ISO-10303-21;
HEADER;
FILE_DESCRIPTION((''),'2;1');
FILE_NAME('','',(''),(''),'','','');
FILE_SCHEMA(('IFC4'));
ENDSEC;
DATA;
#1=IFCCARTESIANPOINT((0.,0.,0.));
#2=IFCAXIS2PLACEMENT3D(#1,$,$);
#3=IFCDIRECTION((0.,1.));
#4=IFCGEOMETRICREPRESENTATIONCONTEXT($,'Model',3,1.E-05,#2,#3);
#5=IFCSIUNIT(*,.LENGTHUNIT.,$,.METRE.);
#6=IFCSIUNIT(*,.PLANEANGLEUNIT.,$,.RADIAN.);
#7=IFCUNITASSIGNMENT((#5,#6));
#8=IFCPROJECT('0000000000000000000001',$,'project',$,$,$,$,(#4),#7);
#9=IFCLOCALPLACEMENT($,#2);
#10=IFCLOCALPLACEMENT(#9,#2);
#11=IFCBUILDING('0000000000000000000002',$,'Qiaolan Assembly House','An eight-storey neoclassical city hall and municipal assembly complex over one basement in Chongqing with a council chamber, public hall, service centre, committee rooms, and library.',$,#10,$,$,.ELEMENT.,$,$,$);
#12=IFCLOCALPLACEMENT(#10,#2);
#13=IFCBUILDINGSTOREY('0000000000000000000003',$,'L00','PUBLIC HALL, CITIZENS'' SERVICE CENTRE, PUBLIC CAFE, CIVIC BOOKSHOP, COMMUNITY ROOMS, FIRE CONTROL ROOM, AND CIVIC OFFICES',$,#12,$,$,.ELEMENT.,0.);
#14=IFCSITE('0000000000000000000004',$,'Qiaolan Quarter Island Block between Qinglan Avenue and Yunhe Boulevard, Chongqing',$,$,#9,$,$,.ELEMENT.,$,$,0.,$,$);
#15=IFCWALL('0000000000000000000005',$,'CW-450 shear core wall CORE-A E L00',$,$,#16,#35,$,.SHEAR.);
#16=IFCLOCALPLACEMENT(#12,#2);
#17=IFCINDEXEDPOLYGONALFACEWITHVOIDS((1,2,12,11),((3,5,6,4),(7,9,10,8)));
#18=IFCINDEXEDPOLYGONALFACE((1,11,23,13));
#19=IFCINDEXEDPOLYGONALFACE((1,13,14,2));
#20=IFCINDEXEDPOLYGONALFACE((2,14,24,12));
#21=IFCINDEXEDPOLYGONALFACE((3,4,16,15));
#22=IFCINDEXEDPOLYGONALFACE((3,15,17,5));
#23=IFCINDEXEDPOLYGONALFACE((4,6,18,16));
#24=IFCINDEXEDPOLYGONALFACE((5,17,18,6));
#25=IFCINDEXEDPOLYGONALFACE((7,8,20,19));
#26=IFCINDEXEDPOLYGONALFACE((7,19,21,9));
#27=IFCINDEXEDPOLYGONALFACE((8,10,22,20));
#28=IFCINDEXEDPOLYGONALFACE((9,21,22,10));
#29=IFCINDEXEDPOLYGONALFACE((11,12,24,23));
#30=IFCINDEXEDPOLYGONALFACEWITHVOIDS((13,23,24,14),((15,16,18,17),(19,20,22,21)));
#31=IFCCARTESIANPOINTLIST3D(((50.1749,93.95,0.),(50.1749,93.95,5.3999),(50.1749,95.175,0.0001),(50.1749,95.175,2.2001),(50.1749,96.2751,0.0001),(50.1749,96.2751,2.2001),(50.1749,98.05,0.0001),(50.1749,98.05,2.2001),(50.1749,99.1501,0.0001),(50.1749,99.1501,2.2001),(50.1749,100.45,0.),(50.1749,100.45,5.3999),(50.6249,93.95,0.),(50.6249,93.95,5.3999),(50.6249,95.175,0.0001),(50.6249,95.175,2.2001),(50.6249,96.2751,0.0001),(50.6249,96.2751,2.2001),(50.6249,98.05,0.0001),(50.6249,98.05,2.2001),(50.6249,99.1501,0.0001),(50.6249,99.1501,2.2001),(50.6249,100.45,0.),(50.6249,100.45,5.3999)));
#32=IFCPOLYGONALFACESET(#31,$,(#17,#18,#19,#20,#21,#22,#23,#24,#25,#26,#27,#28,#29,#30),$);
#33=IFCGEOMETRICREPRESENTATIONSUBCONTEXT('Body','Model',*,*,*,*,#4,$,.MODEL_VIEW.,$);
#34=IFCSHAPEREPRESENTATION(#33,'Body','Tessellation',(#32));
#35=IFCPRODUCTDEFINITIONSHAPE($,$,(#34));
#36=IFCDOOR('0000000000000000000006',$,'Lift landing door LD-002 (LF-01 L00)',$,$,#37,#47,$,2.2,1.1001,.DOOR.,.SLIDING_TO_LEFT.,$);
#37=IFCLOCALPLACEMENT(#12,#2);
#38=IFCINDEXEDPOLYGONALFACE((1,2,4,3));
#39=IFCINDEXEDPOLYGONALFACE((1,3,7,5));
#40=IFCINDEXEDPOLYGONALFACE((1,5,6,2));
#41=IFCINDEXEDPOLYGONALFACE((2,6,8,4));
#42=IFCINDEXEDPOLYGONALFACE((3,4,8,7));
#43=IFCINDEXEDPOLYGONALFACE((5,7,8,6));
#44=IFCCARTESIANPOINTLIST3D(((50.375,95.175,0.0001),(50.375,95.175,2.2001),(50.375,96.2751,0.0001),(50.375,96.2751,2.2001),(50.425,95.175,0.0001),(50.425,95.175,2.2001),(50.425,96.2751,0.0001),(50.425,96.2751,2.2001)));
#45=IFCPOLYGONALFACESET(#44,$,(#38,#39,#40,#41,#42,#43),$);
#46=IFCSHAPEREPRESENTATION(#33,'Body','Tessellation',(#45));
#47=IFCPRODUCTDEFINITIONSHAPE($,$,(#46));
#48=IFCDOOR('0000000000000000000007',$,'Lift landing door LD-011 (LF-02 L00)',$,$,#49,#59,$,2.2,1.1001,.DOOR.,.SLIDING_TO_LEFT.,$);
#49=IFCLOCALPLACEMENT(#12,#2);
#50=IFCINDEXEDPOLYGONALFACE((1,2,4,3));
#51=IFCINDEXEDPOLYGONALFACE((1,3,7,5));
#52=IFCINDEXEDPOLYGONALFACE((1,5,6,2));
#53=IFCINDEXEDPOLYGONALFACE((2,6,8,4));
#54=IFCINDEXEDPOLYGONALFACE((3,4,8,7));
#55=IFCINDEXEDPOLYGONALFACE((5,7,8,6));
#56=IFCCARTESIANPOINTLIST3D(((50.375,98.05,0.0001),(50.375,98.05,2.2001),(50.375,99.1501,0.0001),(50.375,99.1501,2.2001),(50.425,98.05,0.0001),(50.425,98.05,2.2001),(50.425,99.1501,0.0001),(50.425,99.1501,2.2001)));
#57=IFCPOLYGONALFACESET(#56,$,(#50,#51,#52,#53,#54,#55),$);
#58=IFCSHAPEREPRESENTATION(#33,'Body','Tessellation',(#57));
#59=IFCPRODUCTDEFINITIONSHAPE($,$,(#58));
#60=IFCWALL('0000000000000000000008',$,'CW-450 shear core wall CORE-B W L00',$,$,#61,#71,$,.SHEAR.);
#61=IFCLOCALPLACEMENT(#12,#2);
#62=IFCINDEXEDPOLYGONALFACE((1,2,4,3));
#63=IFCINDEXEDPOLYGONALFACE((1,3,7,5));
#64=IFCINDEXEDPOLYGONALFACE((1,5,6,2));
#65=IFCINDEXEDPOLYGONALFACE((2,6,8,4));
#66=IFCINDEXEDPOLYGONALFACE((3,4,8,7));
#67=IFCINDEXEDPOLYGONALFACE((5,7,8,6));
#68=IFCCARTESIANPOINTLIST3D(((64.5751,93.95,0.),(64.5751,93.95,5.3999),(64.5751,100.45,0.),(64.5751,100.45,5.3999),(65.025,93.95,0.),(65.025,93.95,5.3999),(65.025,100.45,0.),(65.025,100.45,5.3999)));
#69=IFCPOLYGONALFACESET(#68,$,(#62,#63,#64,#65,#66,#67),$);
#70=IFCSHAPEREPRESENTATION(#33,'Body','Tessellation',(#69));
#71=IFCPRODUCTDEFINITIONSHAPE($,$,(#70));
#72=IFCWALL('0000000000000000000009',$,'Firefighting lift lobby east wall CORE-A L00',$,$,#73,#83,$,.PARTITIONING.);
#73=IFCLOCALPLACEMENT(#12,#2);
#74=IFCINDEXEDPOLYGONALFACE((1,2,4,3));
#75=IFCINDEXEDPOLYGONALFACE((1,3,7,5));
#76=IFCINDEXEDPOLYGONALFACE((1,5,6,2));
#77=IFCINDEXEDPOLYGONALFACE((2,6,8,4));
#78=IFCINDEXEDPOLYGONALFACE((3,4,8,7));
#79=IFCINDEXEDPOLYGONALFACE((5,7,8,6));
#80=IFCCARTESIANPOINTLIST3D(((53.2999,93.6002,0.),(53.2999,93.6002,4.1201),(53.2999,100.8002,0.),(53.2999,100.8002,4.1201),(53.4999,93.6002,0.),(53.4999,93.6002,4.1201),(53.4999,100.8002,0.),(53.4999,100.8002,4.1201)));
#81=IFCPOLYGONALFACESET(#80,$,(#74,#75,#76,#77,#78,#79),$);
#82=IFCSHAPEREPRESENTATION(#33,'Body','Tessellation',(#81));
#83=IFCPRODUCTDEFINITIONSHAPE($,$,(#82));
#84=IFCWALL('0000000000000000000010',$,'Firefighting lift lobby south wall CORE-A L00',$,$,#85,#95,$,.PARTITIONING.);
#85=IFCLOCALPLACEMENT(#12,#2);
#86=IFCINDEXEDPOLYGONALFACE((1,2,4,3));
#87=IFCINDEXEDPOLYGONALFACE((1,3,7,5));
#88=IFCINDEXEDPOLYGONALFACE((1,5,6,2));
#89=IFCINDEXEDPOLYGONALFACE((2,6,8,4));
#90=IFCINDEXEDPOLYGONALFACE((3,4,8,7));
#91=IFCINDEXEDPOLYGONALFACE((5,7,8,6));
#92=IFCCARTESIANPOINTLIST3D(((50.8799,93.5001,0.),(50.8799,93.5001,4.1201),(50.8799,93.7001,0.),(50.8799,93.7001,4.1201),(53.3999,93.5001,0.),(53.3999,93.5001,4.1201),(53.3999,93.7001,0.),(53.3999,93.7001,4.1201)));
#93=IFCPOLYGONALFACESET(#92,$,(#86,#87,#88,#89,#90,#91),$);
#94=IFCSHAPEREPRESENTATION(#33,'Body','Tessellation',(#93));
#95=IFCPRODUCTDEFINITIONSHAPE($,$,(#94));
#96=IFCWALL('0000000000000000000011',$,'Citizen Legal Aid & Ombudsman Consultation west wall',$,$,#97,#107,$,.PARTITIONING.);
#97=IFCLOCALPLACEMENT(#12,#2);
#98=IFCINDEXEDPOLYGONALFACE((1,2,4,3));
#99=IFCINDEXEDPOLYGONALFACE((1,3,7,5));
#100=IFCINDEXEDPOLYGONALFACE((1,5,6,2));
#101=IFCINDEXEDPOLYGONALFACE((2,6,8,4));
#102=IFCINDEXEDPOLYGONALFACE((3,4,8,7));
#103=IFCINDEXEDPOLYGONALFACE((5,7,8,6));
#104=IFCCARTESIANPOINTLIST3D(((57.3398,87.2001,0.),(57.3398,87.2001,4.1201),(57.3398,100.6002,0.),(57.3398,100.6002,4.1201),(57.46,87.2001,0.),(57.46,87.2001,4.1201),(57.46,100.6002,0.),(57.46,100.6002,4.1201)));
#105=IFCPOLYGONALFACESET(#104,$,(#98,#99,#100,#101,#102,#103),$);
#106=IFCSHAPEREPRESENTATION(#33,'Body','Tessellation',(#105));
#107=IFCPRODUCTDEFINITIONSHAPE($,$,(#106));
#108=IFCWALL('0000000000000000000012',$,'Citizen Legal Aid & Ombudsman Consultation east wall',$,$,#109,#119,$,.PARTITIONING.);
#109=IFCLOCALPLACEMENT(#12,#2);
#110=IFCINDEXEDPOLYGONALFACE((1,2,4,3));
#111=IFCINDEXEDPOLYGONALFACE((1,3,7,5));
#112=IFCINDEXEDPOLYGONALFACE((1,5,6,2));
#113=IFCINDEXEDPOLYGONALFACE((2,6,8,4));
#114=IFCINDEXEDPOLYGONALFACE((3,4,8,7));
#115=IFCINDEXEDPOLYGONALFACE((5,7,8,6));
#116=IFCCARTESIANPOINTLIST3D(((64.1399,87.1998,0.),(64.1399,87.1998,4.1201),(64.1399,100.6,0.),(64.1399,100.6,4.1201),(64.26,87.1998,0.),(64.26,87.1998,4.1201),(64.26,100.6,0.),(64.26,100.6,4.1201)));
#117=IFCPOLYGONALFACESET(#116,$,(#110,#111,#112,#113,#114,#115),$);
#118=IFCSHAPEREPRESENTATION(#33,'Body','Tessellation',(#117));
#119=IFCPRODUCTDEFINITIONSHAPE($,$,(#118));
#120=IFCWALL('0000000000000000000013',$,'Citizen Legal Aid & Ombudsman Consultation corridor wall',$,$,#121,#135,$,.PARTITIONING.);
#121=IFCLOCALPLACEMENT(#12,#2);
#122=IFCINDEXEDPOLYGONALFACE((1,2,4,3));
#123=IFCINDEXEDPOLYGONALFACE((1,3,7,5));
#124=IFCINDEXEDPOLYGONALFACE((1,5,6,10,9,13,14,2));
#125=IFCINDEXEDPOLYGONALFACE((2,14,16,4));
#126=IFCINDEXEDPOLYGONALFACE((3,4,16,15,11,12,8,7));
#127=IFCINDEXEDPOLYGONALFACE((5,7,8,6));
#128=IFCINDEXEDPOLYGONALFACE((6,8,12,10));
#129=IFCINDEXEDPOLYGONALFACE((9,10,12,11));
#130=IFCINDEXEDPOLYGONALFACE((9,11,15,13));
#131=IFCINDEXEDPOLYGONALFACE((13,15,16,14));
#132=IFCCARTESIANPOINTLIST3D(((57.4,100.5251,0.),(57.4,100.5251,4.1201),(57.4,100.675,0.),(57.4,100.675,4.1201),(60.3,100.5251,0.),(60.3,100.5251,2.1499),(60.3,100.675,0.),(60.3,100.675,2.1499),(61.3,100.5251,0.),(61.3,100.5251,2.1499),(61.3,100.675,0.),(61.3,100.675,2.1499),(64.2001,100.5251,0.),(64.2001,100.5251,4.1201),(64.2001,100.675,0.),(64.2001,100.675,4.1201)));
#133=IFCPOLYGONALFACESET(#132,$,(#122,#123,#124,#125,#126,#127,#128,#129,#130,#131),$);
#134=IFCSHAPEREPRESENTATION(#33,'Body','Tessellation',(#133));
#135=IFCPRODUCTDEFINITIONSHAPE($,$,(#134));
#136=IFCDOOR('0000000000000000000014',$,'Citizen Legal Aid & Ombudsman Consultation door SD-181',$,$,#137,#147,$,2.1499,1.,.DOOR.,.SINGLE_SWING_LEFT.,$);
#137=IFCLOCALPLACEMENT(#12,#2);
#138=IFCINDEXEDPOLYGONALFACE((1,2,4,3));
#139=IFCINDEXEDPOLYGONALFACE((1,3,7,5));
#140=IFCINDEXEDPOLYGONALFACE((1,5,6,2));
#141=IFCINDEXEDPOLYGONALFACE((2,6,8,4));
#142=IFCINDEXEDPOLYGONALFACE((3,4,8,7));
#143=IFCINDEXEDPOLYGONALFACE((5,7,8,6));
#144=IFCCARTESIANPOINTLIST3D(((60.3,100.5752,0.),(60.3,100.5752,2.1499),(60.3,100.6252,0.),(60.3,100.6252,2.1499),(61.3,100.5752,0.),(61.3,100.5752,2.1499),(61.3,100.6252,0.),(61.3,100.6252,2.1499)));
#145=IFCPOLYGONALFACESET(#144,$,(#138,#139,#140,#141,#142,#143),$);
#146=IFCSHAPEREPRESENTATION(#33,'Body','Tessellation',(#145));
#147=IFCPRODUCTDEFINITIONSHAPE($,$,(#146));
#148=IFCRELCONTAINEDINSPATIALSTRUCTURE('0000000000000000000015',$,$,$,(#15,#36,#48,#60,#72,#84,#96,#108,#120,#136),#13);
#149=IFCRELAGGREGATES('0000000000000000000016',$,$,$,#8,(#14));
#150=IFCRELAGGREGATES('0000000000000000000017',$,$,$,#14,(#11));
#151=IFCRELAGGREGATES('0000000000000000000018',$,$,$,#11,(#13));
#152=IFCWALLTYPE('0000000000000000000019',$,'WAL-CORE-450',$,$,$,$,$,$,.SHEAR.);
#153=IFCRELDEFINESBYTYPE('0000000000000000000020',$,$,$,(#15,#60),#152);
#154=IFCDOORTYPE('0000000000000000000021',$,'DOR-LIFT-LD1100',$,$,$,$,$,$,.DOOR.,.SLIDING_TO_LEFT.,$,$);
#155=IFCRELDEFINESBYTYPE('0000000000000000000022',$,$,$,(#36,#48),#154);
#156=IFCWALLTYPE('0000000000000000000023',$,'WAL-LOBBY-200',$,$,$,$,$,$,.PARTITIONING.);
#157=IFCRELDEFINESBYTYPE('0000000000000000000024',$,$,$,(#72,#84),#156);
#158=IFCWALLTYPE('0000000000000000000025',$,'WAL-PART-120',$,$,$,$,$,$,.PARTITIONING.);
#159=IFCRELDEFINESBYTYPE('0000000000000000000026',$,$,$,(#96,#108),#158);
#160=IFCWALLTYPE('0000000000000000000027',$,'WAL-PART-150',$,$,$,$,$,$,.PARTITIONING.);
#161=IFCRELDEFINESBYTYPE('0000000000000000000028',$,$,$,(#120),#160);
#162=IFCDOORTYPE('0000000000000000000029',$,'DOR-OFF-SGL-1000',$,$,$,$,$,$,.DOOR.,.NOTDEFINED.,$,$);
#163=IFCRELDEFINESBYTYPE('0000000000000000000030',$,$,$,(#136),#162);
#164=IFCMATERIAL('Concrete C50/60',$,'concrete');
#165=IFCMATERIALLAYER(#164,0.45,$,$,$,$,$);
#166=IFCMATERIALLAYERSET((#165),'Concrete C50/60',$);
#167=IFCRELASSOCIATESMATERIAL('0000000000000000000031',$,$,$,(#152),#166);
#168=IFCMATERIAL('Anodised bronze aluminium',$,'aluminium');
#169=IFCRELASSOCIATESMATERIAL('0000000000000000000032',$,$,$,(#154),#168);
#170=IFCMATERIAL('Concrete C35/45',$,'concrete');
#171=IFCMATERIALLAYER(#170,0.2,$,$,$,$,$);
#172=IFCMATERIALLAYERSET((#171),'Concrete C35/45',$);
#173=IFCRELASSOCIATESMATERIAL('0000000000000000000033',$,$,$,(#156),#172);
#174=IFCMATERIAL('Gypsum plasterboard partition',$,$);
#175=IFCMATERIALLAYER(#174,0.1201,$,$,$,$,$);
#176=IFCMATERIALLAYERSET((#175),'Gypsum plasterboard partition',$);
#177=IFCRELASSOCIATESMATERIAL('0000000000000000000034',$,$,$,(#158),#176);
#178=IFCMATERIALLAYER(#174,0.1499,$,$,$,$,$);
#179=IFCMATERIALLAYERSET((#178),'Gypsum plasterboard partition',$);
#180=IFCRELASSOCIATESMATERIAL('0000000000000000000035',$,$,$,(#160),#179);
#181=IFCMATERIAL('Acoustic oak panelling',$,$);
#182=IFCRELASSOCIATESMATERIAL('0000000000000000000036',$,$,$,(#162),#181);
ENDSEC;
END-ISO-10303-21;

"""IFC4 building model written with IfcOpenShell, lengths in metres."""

from ifc_helpers import new_model, si_unit, direction, frame, frame_2d, origin, place, context, subcontext, project, spatial, rectangle, extrude, material, layer, layer_set, type_object, element, fill, save


model = new_model("IFC4")

# Units and contexts
model_context = context("Model", 3, precision=1e-05, world=origin(), true_north=direction((0.0, 1.0)))
body_context = subcontext(model_context, "Body", "Model", "MODEL_VIEW")
ifc_project = project(units=[si_unit("LENGTHUNIT", "METRE"), si_unit("PLANEANGLEUNIT", "RADIAN")], contexts=[model_context])

# Site, building, storey
site_placement = place(None, origin())
site = spatial("IfcSite", under=ifc_project, at=site_placement, Name="Qiaolan Quarter Island Block between Qinglan Avenue and Yunhe Boulevard, Chongqing", CompositionType="ELEMENT", RefElevation=0.0)
building_placement = place(site_placement, origin())
building = spatial("IfcBuilding", under=site, at=building_placement, Name="Qiaolan Assembly House", Description="An eight-storey neoclassical city hall and municipal assembly complex over one basement in Chongqing with a council chamber, public hall, service centre, committee rooms, and library.", CompositionType="ELEMENT")
storey_placement = place(building_placement, origin())
storey = spatial("IfcBuildingStorey", under=building, at=storey_placement, Name="L00", Description="PUBLIC HALL, CITIZENS' SERVICE CENTRE, PUBLIC CAFE, CIVIC BOOKSHOP, COMMUNITY ROOMS, FIRE CONTROL ROOM, AND CIVIC OFFICES", CompositionType="ELEMENT", Elevation=0.0)

# Shared definitions
ifc_material_1 = material(Name="Concrete C50/60", Category="concrete")

# Wall, openings, doors
ifc_layer_1 = layer(ifc_material_1, 0.45)
ifc_layer_set_1 = layer_set([ifc_layer_1], Name="Concrete C50/60")
wall_type_1 = type_object("IfcWallType", Name="WAL-CORE-450", PredefinedType="SHEAR", material=ifc_layer_set_1)
wall_1_placement = place(storey_placement, frame((50.3999, 93.95, 0.0), z_axis=(0.0, 0.0, 1.0), x_axis=(0.0, 1.0, 0.0)))
wall_1 = element("IfcWall", 1, at=wall_1_placement, inside=storey, type_object=wall_type_1, Name="CW-450 shear core wall CORE-A E L00", PredefinedType="SHEAR", context=body_context, shape_type="SweptSolid", body=[
    extrude(rectangle(XDim=6.5, YDim=0.45, at=frame_2d((3.25, 0.0))), origin(), (0.0, 0.0, 1.0), 5.3999),
])
opening_1_placement = place(wall_1_placement, frame((1.2251, 0.0, 0.0)))
opening_1 = element("IfcOpeningElement", 2, at=opening_1_placement, cuts=wall_1, PredefinedType="OPENING", context=body_context, shape_type="SweptSolid", body=[
    extrude(rectangle(XDim=1.1001, YDim=2.2, at=frame_2d((0.55, 1.1001))), frame((0.0, 0.2349, 0.0), z_axis=(0.0, -1.0, 0.0), x_axis=(1.0, 0.0, 0.0)), (0.0, 0.0, 1.0), 0.47),
])
opening_2_placement = place(wall_1_placement, frame((4.1001, 0.0, 0.0)))
opening_2 = element("IfcOpeningElement", 3, at=opening_2_placement, cuts=wall_1, PredefinedType="OPENING", context=body_context, shape_type="SweptSolid", body=[
    extrude(rectangle(XDim=1.1001, YDim=2.2, at=frame_2d((0.55, 1.1001))), frame((0.0, 0.2349, 0.0), z_axis=(0.0, -1.0, 0.0), x_axis=(1.0, 0.0, 0.0)), (0.0, 0.0, 1.0), 0.47),
])
ifc_material_2 = material(Name="Anodised bronze aluminium", Category="aluminium")
door_type_1 = type_object("IfcDoorType", Name="DOR-LIFT-LD1100", OperationType="SLIDING_TO_LEFT", PredefinedType="DOOR", material=ifc_material_2)
door_1_placement = place(opening_1_placement, origin())
door_1 = element("IfcDoor", 4, at=door_1_placement, inside=storey, type_object=door_type_1, Name="Lift landing door LD-002 (LF-01 L00)", OperationType="SLIDING_TO_LEFT", OverallHeight=2.2, OverallWidth=1.1001, PredefinedType="DOOR", context=body_context, shape_type="SweptSolid", body=[
    extrude(rectangle(XDim=1.1001, YDim=2.2, at=frame_2d((0.55, 1.1001))), frame((0.0, 0.0249, 0.0), z_axis=(0.0, -1.0, 0.0), x_axis=(1.0, 0.0, 0.0)), (0.0, 0.0, 1.0), 0.05),
])
fill(opening_1, door_1)
door_2_placement = place(opening_2_placement, origin())
door_2 = element("IfcDoor", 5, at=door_2_placement, inside=storey, type_object=door_type_1, Name="Lift landing door LD-011 (LF-02 L00)", OperationType="SLIDING_TO_LEFT", OverallHeight=2.2, OverallWidth=1.1001, PredefinedType="DOOR", context=body_context, shape_type="SweptSolid", body=[
    extrude(rectangle(XDim=1.1001, YDim=2.2, at=frame_2d((0.55, 1.1001))), frame((0.0, 0.0249, 0.0), z_axis=(0.0, -1.0, 0.0), x_axis=(1.0, 0.0, 0.0)), (0.0, 0.0, 1.0), 0.05),
])
fill(opening_2, door_2)

# Walls
wall_2_placement = place(storey_placement, frame((64.8, 100.45, 0.0), z_axis=(0.0, 0.0, 1.0), x_axis=(0.0, -1.0, 0.0)))
element("IfcWall", 6, at=wall_2_placement, inside=storey, type_object=wall_type_1, Name="CW-450 shear core wall CORE-B W L00", PredefinedType="SHEAR", context=body_context, shape_type="SweptSolid", body=[
    extrude(rectangle(XDim=6.5, YDim=0.45, at=frame_2d((3.25, 0.0))), origin(), (0.0, 0.0, 1.0), 5.3999),
])
ifc_material_3 = material(Name="Concrete C35/45", Category="concrete")
ifc_layer_2 = layer(ifc_material_3, 0.2)
ifc_layer_set_2 = layer_set([ifc_layer_2], Name="Concrete C35/45")
wall_type_2 = type_object("IfcWallType", Name="WAL-LOBBY-200", PredefinedType="PARTITIONING", material=ifc_layer_set_2)
wall_3_placement = place(storey_placement, frame((53.3999, 93.6001, 0.0), z_axis=(0.0, 0.0, 1.0), x_axis=(0.0, 1.0, 0.0)))
element("IfcWall", 7, at=wall_3_placement, inside=storey, type_object=wall_type_2, Name="Firefighting lift lobby east wall CORE-A L00", PredefinedType="PARTITIONING", context=body_context, shape_type="SweptSolid", body=[
    extrude(rectangle(XDim=7.2, YDim=0.2, at=frame_2d((3.6001, 0.0))), origin(), (0.0, 0.0, 1.0), 4.1201),
])
wall_4_placement = place(storey_placement, frame((50.8799, 93.6001, 0.0), z_axis=(0.0, 0.0, 1.0), x_axis=(1.0, 0.0, 0.0)))
element("IfcWall", 8, at=wall_4_placement, inside=storey, type_object=wall_type_2, Name="Firefighting lift lobby south wall CORE-A L00", PredefinedType="PARTITIONING", context=body_context, shape_type="SweptSolid", body=[
    extrude(rectangle(XDim=2.52, YDim=0.2, at=frame_2d((1.26, 0.0))), origin(), (0.0, 0.0, 1.0), 4.1201),
])
ifc_material_4 = material(Name="Gypsum plasterboard partition")
ifc_layer_3 = layer(ifc_material_4, 0.1201)
ifc_layer_set_3 = layer_set([ifc_layer_3], Name="Gypsum plasterboard partition")
wall_type_3 = type_object("IfcWallType", Name="WAL-PART-120", PredefinedType="PARTITIONING", material=ifc_layer_set_3)
for number, where, z_axis, x_axis, name in (
    (9, (57.3999, 87.2, 0.0), (0.0, 0.0, 1.0), (0.0, 1.0, 0.0), "Citizen Legal Aid & Ombudsman Consultation west wall"),
    (10, (64.2, 100.6001, 0.0), (0.0, 0.0, 1.0), (0.0, -1.0, 0.0), "Citizen Legal Aid & Ombudsman Consultation east wall"),
):
    element("IfcWall", number, at=place(storey_placement, frame(where, z_axis=z_axis, x_axis=x_axis)), inside=storey, type_object=wall_type_3, Name=name, PredefinedType="PARTITIONING", context=body_context, shape_type="SweptSolid", body=[
        extrude(rectangle(XDim=13.4001, YDim=0.1201, at=frame_2d((6.7002, 0.0))), origin(), (0.0, 0.0, 1.0), 4.1201),
    ])

# Wall, opening, door
ifc_layer_4 = layer(ifc_material_4, 0.1499)
ifc_layer_set_4 = layer_set([ifc_layer_4], Name="Gypsum plasterboard partition")
wall_type_4 = type_object("IfcWallType", Name="WAL-PART-150", PredefinedType="PARTITIONING", material=ifc_layer_set_4)
wall_5_placement = place(storey_placement, frame((64.2, 100.6001, 0.0), z_axis=(0.0, 0.0, 1.0), x_axis=(-1.0, 0.0, 0.0)))
wall_5 = element("IfcWall", 11, at=wall_5_placement, inside=storey, type_object=wall_type_4, Name="Citizen Legal Aid & Ombudsman Consultation corridor wall", PredefinedType="PARTITIONING", context=body_context, shape_type="SweptSolid", body=[
    extrude(rectangle(XDim=6.8, YDim=0.1499, at=frame_2d((3.3999, 0.0))), origin(), (0.0, 0.0, 1.0), 4.1201),
])
opening_3_placement = place(wall_5_placement, frame((2.8999, 0.0, 0.0)))
opening_3 = element("IfcOpeningElement", 12, at=opening_3_placement, cuts=wall_5, PredefinedType="OPENING", context=body_context, shape_type="SweptSolid", body=[
    extrude(rectangle(XDim=1.0, YDim=2.1499, at=frame_2d((0.5, 1.075))), frame((0.0, 0.085, 0.0), z_axis=(0.0, -1.0, 0.0), x_axis=(1.0, 0.0, 0.0)), (0.0, 0.0, 1.0), 0.1699),
])
ifc_material_5 = material(Name="Acoustic oak panelling")
door_type_2 = type_object("IfcDoorType", Name="DOR-OFF-SGL-1000", OperationType="NOTDEFINED", PredefinedType="DOOR", material=ifc_material_5)
door_3_placement = place(opening_3_placement, origin())
door_3 = element("IfcDoor", 13, at=door_3_placement, inside=storey, type_object=door_type_2, Name="Citizen Legal Aid & Ombudsman Consultation door SD-181", OperationType="SINGLE_SWING_LEFT", OverallHeight=2.1499, OverallWidth=1.0, PredefinedType="DOOR", context=body_context, shape_type="SweptSolid", body=[
    extrude(rectangle(XDim=1.0, YDim=2.1499, at=frame_2d((0.5, 1.075))), frame((0.0, 0.0249, 0.0), z_axis=(0.0, -1.0, 0.0), x_axis=(1.0, 0.0, 0.0)), (0.0, 0.0, 1.0), 0.05),
])
fill(opening_3, door_3)

save(model, "model.ifc")
